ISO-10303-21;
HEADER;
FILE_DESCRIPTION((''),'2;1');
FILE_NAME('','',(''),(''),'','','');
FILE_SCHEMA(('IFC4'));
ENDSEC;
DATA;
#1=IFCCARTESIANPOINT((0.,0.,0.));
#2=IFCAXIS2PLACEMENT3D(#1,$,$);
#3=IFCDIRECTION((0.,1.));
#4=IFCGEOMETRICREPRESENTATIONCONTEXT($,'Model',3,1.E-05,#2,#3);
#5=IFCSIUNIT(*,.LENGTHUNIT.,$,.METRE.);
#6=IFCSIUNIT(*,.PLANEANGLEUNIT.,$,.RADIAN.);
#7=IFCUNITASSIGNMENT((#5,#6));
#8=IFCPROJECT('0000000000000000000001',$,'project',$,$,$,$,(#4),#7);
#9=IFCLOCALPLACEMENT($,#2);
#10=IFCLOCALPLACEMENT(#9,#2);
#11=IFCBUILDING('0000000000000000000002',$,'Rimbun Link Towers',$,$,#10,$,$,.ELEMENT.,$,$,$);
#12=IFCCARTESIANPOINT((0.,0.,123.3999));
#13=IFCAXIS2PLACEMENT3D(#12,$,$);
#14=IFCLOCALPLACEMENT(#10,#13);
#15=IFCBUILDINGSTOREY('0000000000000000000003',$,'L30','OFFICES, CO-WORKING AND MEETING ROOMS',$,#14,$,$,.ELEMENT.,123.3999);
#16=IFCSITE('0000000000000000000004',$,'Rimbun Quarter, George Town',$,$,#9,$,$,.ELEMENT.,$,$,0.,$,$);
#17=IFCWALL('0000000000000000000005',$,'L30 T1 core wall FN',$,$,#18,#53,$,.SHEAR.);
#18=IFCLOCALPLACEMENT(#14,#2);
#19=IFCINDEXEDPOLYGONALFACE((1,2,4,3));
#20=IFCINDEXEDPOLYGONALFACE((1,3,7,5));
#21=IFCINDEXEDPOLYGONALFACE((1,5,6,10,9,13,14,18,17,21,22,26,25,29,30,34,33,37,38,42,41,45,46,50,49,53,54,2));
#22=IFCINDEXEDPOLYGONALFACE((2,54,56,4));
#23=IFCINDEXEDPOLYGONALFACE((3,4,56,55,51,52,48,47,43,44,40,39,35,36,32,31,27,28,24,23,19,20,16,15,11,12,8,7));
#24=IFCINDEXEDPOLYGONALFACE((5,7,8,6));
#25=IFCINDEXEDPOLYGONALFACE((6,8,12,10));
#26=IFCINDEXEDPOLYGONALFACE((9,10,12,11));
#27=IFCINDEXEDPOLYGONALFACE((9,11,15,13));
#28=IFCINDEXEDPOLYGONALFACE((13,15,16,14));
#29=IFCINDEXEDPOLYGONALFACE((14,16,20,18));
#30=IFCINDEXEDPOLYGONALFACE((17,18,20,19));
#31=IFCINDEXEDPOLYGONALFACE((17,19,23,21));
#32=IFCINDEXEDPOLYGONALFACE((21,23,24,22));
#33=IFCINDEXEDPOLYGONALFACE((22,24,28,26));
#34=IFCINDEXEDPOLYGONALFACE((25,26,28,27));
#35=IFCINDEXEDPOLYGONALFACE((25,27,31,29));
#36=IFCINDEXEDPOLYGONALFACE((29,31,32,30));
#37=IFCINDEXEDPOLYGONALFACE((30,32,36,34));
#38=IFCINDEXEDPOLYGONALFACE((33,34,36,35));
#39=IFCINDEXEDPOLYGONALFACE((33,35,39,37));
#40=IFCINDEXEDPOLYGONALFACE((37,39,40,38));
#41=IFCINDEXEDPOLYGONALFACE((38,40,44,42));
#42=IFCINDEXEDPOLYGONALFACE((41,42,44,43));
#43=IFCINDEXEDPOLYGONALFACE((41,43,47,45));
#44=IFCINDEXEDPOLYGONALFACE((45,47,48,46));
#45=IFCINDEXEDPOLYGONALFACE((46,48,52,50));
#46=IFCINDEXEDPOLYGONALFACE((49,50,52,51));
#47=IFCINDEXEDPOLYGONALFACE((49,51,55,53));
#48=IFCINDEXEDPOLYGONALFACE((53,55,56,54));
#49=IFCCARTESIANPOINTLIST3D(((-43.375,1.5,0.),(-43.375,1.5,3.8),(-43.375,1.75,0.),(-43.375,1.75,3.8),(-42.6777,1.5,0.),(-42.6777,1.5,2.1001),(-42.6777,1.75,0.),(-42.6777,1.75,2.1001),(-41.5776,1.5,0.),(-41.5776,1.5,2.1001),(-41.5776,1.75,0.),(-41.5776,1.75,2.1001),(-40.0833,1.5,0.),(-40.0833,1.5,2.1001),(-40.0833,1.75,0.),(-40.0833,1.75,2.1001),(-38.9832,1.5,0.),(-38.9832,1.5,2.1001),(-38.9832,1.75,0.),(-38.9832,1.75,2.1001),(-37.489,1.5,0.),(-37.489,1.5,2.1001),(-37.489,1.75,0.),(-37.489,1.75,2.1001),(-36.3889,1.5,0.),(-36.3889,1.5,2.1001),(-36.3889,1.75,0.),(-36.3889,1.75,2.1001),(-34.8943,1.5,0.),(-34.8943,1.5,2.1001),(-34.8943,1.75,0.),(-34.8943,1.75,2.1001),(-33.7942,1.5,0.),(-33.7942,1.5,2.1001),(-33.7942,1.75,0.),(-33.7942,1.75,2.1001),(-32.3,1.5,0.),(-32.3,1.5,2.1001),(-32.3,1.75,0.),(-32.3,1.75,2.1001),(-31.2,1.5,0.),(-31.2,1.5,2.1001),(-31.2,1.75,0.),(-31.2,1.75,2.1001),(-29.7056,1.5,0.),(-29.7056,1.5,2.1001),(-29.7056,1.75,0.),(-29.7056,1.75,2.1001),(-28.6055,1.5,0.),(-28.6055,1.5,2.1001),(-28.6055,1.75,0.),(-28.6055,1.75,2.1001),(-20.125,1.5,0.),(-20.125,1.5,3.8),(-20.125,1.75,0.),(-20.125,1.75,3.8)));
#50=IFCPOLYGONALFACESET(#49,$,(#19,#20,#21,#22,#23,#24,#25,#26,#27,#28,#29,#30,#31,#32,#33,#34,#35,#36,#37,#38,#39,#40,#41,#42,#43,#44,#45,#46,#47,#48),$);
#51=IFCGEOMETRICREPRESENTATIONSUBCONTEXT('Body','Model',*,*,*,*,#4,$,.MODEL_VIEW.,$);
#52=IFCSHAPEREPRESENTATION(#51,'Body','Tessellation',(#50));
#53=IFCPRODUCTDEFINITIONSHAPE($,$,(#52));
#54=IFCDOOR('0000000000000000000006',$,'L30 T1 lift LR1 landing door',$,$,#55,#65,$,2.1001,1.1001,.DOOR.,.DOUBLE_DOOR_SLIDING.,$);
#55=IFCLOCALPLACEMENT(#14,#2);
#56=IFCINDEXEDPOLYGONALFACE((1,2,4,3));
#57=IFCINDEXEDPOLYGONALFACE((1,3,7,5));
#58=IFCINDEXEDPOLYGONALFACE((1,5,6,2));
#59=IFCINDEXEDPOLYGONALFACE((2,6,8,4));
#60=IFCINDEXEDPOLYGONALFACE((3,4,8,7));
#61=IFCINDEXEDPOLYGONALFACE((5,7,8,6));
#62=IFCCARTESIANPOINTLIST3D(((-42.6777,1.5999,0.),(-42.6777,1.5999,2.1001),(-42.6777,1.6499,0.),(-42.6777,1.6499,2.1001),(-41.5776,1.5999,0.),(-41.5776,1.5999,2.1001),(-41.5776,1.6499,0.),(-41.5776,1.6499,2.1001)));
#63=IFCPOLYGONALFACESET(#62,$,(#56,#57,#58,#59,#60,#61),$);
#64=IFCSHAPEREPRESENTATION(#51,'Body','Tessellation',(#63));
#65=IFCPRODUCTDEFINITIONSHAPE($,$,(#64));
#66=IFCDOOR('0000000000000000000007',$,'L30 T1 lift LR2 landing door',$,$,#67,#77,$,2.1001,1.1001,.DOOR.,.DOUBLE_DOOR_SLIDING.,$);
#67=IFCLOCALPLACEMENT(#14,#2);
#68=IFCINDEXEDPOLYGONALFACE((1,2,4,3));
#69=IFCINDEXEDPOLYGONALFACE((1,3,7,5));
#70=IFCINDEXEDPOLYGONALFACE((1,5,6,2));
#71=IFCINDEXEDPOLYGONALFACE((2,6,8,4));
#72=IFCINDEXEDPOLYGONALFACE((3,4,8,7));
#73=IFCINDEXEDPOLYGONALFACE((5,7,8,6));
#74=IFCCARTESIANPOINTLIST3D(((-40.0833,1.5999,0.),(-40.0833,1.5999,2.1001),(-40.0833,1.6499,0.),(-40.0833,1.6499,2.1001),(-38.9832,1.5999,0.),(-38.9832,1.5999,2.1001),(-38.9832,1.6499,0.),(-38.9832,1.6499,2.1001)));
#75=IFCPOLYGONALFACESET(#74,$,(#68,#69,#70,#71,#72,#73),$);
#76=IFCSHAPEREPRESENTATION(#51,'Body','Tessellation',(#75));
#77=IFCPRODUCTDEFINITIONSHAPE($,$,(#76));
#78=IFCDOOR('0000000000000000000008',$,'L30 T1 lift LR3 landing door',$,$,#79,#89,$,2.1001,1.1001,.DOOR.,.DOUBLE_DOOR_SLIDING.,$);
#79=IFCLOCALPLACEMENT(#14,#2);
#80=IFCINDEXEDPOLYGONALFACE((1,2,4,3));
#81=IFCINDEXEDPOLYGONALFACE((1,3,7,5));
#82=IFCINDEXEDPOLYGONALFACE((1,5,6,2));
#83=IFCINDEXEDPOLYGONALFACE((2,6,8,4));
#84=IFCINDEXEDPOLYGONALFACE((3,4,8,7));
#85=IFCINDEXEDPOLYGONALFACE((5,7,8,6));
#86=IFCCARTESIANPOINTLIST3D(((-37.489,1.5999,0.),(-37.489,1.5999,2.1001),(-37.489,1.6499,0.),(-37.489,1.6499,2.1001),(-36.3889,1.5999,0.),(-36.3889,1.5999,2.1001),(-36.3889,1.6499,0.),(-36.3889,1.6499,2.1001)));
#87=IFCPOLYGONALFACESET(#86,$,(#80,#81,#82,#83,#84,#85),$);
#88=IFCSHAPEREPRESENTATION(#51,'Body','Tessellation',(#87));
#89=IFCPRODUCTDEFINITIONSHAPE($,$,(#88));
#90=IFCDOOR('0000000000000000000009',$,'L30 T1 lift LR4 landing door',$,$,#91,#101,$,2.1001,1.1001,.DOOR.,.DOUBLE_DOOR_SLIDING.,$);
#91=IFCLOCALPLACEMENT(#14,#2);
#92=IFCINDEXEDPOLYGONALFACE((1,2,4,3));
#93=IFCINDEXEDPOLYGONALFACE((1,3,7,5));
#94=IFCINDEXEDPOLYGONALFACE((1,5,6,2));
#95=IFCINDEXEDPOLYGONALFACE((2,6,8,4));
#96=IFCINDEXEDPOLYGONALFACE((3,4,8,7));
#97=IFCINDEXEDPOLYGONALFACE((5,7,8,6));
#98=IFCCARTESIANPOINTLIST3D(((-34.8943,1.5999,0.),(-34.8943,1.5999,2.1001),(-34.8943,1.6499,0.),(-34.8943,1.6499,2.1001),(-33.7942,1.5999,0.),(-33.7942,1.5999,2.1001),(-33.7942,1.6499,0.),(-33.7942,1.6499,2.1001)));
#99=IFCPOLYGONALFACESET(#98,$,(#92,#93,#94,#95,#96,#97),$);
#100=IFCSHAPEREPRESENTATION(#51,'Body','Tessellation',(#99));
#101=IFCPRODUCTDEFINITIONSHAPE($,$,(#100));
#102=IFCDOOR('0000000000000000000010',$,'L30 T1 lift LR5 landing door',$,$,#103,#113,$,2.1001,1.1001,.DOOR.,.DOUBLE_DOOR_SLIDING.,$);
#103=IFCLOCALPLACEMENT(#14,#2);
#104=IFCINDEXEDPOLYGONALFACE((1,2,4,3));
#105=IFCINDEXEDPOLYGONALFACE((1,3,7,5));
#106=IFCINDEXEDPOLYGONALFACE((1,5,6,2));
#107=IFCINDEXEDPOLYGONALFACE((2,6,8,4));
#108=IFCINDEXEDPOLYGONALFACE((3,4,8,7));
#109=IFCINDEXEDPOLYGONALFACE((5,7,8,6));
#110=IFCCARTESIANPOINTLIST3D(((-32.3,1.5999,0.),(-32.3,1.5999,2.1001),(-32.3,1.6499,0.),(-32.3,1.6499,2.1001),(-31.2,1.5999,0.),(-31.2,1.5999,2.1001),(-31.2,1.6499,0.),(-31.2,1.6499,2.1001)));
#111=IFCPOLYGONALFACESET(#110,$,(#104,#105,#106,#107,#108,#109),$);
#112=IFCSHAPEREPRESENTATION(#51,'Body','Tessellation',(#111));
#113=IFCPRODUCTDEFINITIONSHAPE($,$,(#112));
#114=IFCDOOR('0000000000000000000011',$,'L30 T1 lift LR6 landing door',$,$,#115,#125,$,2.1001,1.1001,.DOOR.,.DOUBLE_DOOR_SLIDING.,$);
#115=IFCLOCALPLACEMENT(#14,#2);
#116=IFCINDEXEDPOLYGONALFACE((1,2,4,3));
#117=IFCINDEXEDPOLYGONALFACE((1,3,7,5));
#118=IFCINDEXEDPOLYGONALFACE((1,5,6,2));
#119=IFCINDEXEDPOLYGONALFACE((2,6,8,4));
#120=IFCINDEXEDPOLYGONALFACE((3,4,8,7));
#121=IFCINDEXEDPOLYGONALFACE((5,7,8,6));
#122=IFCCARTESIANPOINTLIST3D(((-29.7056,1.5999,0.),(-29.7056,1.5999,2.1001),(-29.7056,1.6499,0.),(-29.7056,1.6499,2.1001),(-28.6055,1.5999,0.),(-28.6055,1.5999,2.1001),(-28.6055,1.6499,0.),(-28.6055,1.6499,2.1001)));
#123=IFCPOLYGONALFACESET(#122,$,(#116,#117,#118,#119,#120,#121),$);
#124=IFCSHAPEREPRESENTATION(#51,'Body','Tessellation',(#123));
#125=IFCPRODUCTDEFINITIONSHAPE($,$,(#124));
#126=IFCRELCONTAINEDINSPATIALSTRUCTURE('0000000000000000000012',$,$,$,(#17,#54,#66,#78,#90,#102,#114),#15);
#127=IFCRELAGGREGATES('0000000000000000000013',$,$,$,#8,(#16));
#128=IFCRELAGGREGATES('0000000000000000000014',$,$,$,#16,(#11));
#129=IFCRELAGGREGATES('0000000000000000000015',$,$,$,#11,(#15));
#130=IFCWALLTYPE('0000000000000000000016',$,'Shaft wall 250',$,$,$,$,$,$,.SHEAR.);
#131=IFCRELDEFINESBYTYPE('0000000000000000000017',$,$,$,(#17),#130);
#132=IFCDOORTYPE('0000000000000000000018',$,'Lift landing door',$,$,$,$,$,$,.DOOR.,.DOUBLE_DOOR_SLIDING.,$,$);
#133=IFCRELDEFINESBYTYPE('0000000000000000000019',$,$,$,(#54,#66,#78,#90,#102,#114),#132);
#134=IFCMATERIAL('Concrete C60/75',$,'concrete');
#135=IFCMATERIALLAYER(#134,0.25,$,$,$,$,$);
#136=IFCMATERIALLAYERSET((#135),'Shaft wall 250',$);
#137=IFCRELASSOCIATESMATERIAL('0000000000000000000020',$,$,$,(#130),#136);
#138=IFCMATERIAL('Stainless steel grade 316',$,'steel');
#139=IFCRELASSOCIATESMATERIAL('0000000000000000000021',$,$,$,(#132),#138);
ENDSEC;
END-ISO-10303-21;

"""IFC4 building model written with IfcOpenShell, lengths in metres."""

from ifc_helpers import new_model, si_unit, direction, frame, frame_2d, origin, place, context, subcontext, project, spatial, rectangle, extrude, material, layer, layer_set, type_object, element, fill, save


model = new_model("IFC4")

# Units and contexts
model_context = context("Model", 3, precision=1e-05, world=origin(), true_north=direction((0.0, 1.0)))
body_context = subcontext(model_context, "Body", "Model", "MODEL_VIEW")
ifc_project = project(units=[si_unit("LENGTHUNIT", "METRE"), si_unit("PLANEANGLEUNIT", "RADIAN")], contexts=[model_context])

# Site, building, storey
site_placement = place(None, origin())
site = spatial("IfcSite", under=ifc_project, at=site_placement, Name="Rimbun Quarter, George Town", CompositionType="ELEMENT", RefElevation=0.0)
building_placement = place(site_placement, origin())
building = spatial("IfcBuilding", under=site, at=building_placement, Name="Rimbun Link Towers", CompositionType="ELEMENT")
storey_placement = place(building_placement, frame((0.0, 0.0, 123.3999)))
storey = spatial("IfcBuildingStorey", under=building, at=storey_placement, Name="L30", Description="OFFICES, CO-WORKING AND MEETING ROOMS", CompositionType="ELEMENT", Elevation=123.3999)

# Shared definitions
ifc_material_1 = material(Name="Concrete C60/75", Category="concrete")
ifc_layer_1 = layer(ifc_material_1, 0.25)
ifc_layer_set_1 = layer_set([ifc_layer_1], Name="Shaft wall 250")
wall_type_1 = type_object("IfcWallType", Name="Shaft wall 250", PredefinedType="SHEAR", material=ifc_layer_set_1)

# Wall, openings, doors
wall_1_placement = place(storey_placement, frame((-43.375, 1.625, 0.0), z_axis=(0.0, 0.0, 1.0), x_axis=(1.0, 0.0, 0.0)))
wall_1 = element("IfcWall", 1, at=wall_1_placement, inside=storey, type_object=wall_type_1, Name="L30 T1 core wall FN", PredefinedType="SHEAR", context=body_context, shape_type="SweptSolid", body=[
    extrude(rectangle(XDim=23.25, YDim=0.25, at=frame_2d((11.625, 0.0))), origin(), (0.0, 0.0, 1.0), 3.8),
])
opening_1_placement = place(wall_1_placement, frame((0.6973, 0.0, 0.0)))
opening_1 = element("IfcOpeningElement", 2, at=opening_1_placement, cuts=wall_1, PredefinedType="OPENING", context=body_context, shape_type="SweptSolid", body=[
    extrude(rectangle(XDim=1.1001, YDim=2.1001, at=frame_2d((0.55, 1.05))), frame((0.0, 0.135, 0.0), z_axis=(0.0, -1.0, 0.0), x_axis=(1.0, 0.0, 0.0)), (0.0, 0.0, 1.0), 0.27),
])
opening_2_placement = place(wall_1_placement, frame((3.2917, 0.0, 0.0)))
opening_2 = element("IfcOpeningElement", 3, at=opening_2_placement, cuts=wall_1, PredefinedType="OPENING", context=body_context, shape_type="SweptSolid", body=[
    extrude(rectangle(XDim=1.1001, YDim=2.1001, at=frame_2d((0.55, 1.05))), frame((0.0, 0.135, 0.0), z_axis=(0.0, -1.0, 0.0), x_axis=(1.0, 0.0, 0.0)), (0.0, 0.0, 1.0), 0.27),
])
opening_3_placement = place(wall_1_placement, frame((5.886, 0.0, 0.0)))
opening_3 = element("IfcOpeningElement", 4, at=opening_3_placement, cuts=wall_1, PredefinedType="OPENING", context=body_context, shape_type="SweptSolid", body=[
    extrude(rectangle(XDim=1.1001, YDim=2.1001, at=frame_2d((0.55, 1.05))), frame((0.0, 0.135, 0.0), z_axis=(0.0, -1.0, 0.0), x_axis=(1.0, 0.0, 0.0)), (0.0, 0.0, 1.0), 0.27),
])
opening_4_placement = place(wall_1_placement, frame((8.4807, 0.0, 0.0)))
opening_4 = element("IfcOpeningElement", 5, at=opening_4_placement, cuts=wall_1, PredefinedType="OPENING", context=body_context, shape_type="SweptSolid", body=[
    extrude(rectangle(XDim=1.1001, YDim=2.1001, at=frame_2d((0.55, 1.05))), frame((0.0, 0.135, 0.0), z_axis=(0.0, -1.0, 0.0), x_axis=(1.0, 0.0, 0.0)), (0.0, 0.0, 1.0), 0.27),
])
opening_5_placement = place(wall_1_placement, frame((11.075, 0.0, 0.0)))
opening_5 = element("IfcOpeningElement", 6, at=opening_5_placement, cuts=wall_1, PredefinedType="OPENING", context=body_context, shape_type="SweptSolid", body=[
    extrude(rectangle(XDim=1.1001, YDim=2.1001, at=frame_2d((0.55, 1.05))), frame((0.0, 0.135, 0.0), z_axis=(0.0, -1.0, 0.0), x_axis=(1.0, 0.0, 0.0)), (0.0, 0.0, 1.0), 0.27),
])
opening_6_placement = place(wall_1_placement, frame((13.6694, 0.0, 0.0)))
opening_6 = element("IfcOpeningElement", 7, at=opening_6_placement, cuts=wall_1, PredefinedType="OPENING", context=body_context, shape_type="SweptSolid", body=[
    extrude(rectangle(XDim=1.1001, YDim=2.1001, at=frame_2d((0.55, 1.05))), frame((0.0, 0.135, 0.0), z_axis=(0.0, -1.0, 0.0), x_axis=(1.0, 0.0, 0.0)), (0.0, 0.0, 1.0), 0.27),
])
ifc_material_2 = material(Name="Stainless steel grade 316", Category="steel")
door_type_1 = type_object("IfcDoorType", Name="Lift landing door", OperationType="DOUBLE_DOOR_SLIDING", PredefinedType="DOOR", material=ifc_material_2)
door_1_placement = place(opening_1_placement, origin())
door_1 = element("IfcDoor", 8, at=door_1_placement, inside=storey, type_object=door_type_1, Name="L30 T1 lift LR1 landing door", OperationType="DOUBLE_DOOR_SLIDING", OverallHeight=2.1001, OverallWidth=1.1001, PredefinedType="DOOR", context=body_context, shape_type="SweptSolid", body=[
    extrude(rectangle(XDim=1.1001, YDim=2.1001, at=frame_2d((0.55, 1.05))), frame((0.0, 0.0249, 0.0), z_axis=(0.0, -1.0, 0.0), x_axis=(1.0, 0.0, 0.0)), (0.0, 0.0, 1.0), 0.05),
])
fill(opening_1, door_1)
door_2_placement = place(opening_2_placement, origin())
door_2 = element("IfcDoor", 9, at=door_2_placement, inside=storey, type_object=door_type_1, Name="L30 T1 lift LR2 landing door", OperationType="DOUBLE_DOOR_SLIDING", OverallHeight=2.1001, OverallWidth=1.1001, PredefinedType="DOOR", context=body_context, shape_type="SweptSolid", body=[
    extrude(rectangle(XDim=1.1001, YDim=2.1001, at=frame_2d((0.55, 1.05))), frame((0.0, 0.0249, 0.0), z_axis=(0.0, -1.0, 0.0), x_axis=(1.0, 0.0, 0.0)), (0.0, 0.0, 1.0), 0.05),
])
fill(opening_2, door_2)
door_3_placement = place(opening_3_placement, origin())
door_3 = element("IfcDoor", 10, at=door_3_placement, inside=storey, type_object=door_type_1, Name="L30 T1 lift LR3 landing door", OperationType="DOUBLE_DOOR_SLIDING", OverallHeight=2.1001, OverallWidth=1.1001, PredefinedType="DOOR", context=body_context, shape_type="SweptSolid", body=[
    extrude(rectangle(XDim=1.1001, YDim=2.1001, at=frame_2d((0.55, 1.05))), frame((0.0, 0.0249, 0.0), z_axis=(0.0, -1.0, 0.0), x_axis=(1.0, 0.0, 0.0)), (0.0, 0.0, 1.0), 0.05),
])
fill(opening_3, door_3)
door_4_placement = place(opening_4_placement, origin())
door_4 = element("IfcDoor", 11, at=door_4_placement, inside=storey, type_object=door_type_1, Name="L30 T1 lift LR4 landing door", OperationType="DOUBLE_DOOR_SLIDING", OverallHeight=2.1001, OverallWidth=1.1001, PredefinedType="DOOR", context=body_context, shape_type="SweptSolid", body=[
    extrude(rectangle(XDim=1.1001, YDim=2.1001, at=frame_2d((0.55, 1.05))), frame((0.0, 0.0249, 0.0), z_axis=(0.0, -1.0, 0.0), x_axis=(1.0, 0.0, 0.0)), (0.0, 0.0, 1.0), 0.05),
])
fill(opening_4, door_4)
door_5_placement = place(opening_5_placement, origin())
door_5 = element("IfcDoor", 12, at=door_5_placement, inside=storey, type_object=door_type_1, Name="L30 T1 lift LR5 landing door", OperationType="DOUBLE_DOOR_SLIDING", OverallHeight=2.1001, OverallWidth=1.1001, PredefinedType="DOOR", context=body_context, shape_type="SweptSolid", body=[
    extrude(rectangle(XDim=1.1001, YDim=2.1001, at=frame_2d((0.55, 1.05))), frame((0.0, 0.0249, 0.0), z_axis=(0.0, -1.0, 0.0), x_axis=(1.0, 0.0, 0.0)), (0.0, 0.0, 1.0), 0.05),
])
fill(opening_5, door_5)
door_6_placement = place(opening_6_placement, origin())
door_6 = element("IfcDoor", 13, at=door_6_placement, inside=storey, type_object=door_type_1, Name="L30 T1 lift LR6 landing door", OperationType="DOUBLE_DOOR_SLIDING", OverallHeight=2.1001, OverallWidth=1.1001, PredefinedType="DOOR", context=body_context, shape_type="SweptSolid", body=[
    extrude(rectangle(XDim=1.1001, YDim=2.1001, at=frame_2d((0.55, 1.05))), frame((0.0, 0.0249, 0.0), z_axis=(0.0, -1.0, 0.0), x_axis=(1.0, 0.0, 0.0)), (0.0, 0.0, 1.0), 0.05),
])
fill(opening_6, door_6)

save(model, "model.ifc")
